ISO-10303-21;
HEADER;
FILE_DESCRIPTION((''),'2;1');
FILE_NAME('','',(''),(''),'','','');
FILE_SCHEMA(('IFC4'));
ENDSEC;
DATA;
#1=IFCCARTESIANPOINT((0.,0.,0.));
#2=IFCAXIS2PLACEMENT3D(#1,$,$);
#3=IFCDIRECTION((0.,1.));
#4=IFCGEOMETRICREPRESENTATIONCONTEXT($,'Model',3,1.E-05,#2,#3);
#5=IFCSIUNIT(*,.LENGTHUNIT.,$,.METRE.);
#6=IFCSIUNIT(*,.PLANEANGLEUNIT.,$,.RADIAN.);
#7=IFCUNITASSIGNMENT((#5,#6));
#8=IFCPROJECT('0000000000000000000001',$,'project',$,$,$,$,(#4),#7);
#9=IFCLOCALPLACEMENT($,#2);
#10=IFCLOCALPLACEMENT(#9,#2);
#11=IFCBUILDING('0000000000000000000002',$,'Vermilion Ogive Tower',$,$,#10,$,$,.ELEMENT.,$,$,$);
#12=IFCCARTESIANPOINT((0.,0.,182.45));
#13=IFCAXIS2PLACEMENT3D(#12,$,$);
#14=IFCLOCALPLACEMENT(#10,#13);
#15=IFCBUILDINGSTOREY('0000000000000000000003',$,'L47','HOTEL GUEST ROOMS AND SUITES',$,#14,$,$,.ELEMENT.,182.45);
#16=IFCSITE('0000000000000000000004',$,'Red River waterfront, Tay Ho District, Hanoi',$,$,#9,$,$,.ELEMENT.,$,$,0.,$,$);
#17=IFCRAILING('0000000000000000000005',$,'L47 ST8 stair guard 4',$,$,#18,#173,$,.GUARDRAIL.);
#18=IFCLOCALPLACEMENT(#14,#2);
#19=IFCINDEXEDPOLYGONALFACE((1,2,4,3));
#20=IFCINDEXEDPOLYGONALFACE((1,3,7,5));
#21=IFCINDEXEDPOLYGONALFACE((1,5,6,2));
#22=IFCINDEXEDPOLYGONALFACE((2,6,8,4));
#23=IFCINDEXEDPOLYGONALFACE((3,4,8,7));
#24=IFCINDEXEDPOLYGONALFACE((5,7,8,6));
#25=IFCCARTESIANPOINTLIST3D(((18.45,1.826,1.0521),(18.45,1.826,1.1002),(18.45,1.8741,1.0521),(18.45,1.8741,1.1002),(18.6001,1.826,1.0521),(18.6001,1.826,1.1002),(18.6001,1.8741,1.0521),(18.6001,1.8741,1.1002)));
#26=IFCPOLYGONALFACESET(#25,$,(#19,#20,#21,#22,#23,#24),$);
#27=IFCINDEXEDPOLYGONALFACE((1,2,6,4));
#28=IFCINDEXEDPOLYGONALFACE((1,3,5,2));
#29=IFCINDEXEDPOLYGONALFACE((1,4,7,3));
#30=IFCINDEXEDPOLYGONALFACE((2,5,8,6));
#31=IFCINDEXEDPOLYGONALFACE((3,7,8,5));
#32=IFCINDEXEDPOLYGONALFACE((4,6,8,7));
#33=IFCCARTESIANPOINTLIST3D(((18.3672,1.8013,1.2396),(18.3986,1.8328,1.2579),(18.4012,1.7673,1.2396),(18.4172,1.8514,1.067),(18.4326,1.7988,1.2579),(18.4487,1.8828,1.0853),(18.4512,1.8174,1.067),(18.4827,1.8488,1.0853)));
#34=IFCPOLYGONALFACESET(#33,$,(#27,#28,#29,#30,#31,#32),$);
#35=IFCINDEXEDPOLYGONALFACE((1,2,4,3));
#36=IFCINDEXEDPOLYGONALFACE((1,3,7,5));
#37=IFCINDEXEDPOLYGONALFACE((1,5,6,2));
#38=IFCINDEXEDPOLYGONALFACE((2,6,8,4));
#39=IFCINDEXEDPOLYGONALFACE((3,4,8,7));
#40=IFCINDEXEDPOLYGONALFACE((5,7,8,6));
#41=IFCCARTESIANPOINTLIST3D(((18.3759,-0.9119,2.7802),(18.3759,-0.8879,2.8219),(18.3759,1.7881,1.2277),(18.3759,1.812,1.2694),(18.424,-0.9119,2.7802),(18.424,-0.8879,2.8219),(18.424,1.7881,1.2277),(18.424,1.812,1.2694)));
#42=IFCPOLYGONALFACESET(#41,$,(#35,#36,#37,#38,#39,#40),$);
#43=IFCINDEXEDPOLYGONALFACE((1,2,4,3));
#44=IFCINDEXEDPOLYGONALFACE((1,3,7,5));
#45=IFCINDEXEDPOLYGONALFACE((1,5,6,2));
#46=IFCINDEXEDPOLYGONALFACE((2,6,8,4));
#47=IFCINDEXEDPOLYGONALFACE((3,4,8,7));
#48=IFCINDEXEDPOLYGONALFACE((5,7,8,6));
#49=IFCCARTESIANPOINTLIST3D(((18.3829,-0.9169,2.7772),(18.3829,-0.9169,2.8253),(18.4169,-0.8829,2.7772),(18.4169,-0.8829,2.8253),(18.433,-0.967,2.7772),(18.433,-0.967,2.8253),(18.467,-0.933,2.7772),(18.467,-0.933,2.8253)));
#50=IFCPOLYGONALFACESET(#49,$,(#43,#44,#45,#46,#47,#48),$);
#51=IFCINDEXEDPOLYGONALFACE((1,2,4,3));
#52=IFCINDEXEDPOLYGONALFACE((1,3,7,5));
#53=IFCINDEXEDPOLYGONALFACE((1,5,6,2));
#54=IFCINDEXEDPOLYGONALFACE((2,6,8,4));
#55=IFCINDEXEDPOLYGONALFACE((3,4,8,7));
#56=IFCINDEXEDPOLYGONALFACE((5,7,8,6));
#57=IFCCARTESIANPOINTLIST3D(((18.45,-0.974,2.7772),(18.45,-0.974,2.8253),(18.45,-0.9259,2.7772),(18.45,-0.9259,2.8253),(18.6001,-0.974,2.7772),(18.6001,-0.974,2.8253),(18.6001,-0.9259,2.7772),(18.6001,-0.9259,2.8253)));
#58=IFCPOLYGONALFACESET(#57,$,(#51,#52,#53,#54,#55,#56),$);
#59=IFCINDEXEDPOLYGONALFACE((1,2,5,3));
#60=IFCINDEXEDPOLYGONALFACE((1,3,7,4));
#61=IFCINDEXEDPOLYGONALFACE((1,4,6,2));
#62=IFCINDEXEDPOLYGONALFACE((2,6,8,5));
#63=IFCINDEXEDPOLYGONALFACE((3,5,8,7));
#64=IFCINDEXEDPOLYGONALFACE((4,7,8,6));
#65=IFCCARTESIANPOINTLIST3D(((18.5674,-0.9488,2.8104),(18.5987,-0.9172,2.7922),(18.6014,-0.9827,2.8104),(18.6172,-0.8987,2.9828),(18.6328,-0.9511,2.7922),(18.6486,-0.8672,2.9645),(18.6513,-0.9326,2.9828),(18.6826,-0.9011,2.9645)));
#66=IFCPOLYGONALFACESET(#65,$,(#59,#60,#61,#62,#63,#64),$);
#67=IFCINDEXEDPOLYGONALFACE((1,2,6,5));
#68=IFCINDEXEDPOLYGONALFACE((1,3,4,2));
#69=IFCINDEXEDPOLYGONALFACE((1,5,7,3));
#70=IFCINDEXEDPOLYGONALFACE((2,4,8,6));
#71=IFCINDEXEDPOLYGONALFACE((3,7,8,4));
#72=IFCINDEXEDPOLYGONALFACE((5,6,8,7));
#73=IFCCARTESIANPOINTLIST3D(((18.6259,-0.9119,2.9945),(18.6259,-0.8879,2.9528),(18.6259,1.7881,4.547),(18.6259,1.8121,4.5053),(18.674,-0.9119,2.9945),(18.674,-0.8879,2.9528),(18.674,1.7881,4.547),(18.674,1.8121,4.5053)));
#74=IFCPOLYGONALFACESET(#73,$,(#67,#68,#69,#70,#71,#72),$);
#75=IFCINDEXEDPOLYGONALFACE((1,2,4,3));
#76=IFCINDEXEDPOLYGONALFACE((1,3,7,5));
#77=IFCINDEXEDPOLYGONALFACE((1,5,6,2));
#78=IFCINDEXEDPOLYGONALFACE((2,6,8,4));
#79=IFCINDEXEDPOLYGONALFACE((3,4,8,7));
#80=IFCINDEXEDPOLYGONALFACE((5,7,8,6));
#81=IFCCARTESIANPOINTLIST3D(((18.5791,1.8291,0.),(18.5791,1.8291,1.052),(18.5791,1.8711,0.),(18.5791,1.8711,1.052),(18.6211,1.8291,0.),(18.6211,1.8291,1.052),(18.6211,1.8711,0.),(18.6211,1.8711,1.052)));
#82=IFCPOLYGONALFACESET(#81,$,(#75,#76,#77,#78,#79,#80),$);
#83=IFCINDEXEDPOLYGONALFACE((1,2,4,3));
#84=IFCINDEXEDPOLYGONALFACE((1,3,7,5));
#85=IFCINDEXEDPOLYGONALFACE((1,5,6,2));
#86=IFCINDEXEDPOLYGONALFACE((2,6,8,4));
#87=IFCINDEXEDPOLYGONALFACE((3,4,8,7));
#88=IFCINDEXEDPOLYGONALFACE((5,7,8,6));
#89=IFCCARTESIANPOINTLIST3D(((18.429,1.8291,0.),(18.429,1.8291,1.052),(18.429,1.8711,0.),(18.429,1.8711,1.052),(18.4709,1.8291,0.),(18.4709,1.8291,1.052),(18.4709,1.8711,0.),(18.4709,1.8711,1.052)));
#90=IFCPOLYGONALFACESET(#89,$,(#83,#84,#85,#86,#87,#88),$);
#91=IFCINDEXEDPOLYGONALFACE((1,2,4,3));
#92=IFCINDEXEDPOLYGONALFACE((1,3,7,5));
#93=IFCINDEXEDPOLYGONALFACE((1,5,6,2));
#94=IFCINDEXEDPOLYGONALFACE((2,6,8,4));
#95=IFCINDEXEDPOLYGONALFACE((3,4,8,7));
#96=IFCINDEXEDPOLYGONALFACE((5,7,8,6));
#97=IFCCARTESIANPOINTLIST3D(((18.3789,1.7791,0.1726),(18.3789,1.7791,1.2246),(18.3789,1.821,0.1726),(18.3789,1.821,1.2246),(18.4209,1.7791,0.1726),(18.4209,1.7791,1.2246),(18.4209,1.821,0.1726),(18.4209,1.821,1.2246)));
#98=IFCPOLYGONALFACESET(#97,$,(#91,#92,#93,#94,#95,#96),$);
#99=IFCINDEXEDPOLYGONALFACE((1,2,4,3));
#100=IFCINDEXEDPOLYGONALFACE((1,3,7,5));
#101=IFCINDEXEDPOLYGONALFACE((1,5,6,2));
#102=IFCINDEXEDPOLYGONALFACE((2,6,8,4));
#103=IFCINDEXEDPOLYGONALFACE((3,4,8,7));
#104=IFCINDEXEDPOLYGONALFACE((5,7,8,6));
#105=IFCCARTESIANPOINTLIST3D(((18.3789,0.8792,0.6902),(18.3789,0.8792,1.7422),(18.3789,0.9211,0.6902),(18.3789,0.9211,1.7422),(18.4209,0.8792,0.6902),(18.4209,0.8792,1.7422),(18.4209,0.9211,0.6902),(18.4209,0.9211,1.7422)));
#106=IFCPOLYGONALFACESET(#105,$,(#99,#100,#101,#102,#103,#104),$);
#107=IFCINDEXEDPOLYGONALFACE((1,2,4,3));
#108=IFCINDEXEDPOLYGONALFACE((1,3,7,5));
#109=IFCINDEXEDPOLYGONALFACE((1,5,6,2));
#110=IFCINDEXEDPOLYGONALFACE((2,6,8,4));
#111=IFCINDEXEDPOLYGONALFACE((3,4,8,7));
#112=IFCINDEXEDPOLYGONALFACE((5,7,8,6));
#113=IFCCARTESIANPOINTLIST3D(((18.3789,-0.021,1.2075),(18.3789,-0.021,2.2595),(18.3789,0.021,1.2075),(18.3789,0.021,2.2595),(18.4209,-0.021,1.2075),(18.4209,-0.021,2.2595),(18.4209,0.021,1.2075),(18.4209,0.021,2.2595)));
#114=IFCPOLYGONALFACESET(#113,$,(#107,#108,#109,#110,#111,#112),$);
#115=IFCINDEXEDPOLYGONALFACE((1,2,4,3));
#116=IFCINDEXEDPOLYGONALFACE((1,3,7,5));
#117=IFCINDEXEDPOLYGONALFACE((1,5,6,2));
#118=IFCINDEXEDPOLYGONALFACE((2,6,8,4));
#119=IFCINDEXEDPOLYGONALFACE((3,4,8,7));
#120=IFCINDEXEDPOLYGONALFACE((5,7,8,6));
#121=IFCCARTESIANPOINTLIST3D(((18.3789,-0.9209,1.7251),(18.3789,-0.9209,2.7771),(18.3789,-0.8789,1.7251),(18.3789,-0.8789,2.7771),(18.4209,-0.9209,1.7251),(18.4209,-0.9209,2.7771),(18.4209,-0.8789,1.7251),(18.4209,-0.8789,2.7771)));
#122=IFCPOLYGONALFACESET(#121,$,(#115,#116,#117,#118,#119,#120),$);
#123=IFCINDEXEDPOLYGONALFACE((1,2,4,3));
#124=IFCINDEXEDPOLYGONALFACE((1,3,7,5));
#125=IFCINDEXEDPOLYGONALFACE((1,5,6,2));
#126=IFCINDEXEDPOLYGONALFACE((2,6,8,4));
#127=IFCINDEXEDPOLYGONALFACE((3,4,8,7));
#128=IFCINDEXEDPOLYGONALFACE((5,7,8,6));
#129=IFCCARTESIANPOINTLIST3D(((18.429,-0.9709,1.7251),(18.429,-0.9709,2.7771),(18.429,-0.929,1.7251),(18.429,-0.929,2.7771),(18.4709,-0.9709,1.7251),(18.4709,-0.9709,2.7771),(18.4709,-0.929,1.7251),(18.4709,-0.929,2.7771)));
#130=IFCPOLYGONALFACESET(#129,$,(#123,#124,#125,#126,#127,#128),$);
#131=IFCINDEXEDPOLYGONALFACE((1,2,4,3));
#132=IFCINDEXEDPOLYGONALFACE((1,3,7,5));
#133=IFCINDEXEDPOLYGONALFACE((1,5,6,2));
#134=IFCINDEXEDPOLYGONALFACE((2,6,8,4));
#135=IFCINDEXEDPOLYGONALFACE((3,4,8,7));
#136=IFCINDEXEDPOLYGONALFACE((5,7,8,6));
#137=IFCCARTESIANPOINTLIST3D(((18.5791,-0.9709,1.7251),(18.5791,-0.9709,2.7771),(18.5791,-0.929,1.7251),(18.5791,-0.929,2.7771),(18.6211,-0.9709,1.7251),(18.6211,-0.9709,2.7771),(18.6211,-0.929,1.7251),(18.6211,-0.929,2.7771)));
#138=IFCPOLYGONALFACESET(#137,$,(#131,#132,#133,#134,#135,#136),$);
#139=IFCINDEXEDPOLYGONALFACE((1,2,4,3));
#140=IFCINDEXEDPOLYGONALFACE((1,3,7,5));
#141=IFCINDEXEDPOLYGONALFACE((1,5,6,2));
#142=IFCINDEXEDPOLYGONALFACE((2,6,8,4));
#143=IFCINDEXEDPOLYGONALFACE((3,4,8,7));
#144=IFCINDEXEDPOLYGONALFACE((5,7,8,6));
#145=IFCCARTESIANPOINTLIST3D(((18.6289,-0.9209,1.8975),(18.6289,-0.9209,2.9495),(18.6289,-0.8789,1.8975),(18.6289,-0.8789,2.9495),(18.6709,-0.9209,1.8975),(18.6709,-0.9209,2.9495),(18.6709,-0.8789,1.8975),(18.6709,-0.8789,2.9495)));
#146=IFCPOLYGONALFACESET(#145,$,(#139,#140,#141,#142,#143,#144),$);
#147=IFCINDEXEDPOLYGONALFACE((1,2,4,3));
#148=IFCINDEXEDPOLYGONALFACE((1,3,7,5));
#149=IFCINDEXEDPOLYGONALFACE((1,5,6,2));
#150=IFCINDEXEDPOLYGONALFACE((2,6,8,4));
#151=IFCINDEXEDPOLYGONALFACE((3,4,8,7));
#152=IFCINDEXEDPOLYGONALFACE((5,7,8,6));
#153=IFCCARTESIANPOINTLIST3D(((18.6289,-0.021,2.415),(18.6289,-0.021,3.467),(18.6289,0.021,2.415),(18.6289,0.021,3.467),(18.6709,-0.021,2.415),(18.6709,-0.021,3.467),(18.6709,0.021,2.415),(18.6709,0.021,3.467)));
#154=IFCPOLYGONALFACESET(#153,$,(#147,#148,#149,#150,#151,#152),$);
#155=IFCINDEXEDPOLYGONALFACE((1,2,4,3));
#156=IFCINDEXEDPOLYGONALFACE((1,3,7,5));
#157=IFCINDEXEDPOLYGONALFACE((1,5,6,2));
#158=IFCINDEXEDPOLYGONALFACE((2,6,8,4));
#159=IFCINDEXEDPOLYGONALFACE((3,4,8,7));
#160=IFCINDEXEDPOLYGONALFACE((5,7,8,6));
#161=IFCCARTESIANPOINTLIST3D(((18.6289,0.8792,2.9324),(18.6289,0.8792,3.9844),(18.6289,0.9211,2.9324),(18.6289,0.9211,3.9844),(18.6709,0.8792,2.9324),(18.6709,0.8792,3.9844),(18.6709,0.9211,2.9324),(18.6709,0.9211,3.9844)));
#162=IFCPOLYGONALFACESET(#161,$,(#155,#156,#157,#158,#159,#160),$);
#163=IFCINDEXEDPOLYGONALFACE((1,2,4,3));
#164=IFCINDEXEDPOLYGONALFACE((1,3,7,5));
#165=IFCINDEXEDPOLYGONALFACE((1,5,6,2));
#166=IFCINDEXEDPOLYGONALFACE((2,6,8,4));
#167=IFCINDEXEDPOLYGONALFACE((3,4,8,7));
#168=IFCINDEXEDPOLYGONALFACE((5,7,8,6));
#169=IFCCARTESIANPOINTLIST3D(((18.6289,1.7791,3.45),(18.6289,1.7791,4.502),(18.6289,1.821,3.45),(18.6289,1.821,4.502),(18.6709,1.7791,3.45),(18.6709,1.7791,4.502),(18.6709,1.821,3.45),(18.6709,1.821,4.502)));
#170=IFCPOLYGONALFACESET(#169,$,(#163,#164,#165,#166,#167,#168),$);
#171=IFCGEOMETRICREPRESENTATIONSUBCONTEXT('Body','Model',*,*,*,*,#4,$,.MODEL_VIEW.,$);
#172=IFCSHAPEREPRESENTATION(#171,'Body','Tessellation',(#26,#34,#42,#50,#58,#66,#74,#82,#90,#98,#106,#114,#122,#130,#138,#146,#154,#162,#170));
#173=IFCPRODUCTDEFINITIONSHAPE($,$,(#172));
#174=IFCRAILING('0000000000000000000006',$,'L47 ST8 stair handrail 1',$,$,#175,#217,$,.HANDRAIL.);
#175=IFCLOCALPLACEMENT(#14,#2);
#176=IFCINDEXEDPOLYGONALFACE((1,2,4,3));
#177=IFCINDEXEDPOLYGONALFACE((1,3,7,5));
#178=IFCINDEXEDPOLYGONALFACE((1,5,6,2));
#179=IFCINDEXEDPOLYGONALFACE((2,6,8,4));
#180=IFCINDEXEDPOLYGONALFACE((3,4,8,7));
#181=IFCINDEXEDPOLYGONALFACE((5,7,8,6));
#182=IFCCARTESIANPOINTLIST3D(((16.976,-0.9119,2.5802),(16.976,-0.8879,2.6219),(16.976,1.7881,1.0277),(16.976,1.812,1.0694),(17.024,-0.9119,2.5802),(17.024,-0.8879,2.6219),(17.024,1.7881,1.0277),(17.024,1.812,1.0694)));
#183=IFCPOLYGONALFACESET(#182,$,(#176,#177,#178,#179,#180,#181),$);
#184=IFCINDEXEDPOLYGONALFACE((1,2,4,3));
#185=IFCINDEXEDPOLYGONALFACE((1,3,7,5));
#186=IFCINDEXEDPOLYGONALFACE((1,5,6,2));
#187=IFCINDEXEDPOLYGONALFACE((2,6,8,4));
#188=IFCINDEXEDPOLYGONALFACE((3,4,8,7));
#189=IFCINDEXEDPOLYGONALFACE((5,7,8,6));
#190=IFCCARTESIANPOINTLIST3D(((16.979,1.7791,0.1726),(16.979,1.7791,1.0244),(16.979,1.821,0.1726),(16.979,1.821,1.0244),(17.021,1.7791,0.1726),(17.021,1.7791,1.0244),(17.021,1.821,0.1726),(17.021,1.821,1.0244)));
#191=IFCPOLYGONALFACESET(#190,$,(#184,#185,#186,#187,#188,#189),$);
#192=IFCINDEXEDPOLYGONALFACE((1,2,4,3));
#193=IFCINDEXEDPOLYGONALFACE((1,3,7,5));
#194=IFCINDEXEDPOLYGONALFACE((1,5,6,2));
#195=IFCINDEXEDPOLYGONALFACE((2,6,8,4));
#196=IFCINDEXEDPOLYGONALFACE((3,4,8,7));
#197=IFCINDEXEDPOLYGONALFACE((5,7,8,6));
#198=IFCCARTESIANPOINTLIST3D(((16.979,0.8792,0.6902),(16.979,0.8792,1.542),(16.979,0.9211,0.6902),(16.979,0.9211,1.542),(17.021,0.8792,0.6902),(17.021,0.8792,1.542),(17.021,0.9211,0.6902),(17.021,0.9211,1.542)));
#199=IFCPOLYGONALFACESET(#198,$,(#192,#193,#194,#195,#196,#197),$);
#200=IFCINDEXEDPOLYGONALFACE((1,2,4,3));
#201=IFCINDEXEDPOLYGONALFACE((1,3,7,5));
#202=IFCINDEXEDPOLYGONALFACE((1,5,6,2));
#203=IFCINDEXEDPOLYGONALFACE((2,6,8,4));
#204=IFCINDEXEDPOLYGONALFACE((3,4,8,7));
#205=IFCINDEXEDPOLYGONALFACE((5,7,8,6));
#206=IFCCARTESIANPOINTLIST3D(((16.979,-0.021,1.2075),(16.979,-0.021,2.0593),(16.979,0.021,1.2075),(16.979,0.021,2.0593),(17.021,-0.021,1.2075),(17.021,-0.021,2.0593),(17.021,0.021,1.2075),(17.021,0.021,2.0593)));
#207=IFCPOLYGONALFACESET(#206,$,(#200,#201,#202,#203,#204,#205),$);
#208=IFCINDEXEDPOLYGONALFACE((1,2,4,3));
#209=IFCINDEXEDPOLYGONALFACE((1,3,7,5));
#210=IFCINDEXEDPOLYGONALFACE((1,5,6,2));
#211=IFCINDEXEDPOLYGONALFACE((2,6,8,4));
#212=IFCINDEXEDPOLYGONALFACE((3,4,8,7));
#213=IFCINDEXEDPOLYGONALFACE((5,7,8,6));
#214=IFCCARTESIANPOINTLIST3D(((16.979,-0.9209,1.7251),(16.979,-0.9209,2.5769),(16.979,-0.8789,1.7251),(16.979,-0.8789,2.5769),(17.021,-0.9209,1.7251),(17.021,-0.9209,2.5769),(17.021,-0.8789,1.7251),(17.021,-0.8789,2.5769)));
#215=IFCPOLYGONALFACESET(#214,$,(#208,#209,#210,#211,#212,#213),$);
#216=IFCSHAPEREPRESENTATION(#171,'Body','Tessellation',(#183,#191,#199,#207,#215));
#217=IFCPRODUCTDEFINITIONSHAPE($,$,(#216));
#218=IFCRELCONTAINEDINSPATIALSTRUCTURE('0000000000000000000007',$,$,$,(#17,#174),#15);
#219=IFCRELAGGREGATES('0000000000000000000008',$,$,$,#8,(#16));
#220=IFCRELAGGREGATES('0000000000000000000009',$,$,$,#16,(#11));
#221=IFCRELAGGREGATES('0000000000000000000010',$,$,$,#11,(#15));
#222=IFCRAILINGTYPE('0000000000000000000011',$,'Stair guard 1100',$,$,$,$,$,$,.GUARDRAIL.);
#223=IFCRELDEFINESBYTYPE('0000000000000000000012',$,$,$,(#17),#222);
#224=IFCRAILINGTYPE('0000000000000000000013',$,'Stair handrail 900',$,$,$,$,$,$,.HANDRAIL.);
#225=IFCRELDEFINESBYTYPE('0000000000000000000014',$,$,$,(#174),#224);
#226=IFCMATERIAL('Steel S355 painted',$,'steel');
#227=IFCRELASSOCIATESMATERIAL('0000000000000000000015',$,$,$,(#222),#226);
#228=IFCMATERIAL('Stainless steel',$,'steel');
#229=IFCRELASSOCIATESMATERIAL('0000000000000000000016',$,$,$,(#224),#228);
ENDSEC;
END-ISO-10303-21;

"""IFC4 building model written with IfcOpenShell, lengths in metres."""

from ifc_helpers import new_model, si_unit, direction, frame, origin, origin_2d, place, context, subcontext, project, spatial, rectangle, extrude, material, type_object, element, save


model = new_model("IFC4")

# Units and contexts
model_context = context("Model", 3, precision=1e-05, world=origin(), true_north=direction((0.0, 1.0)))
body_context = subcontext(model_context, "Body", "Model", "MODEL_VIEW")
ifc_project = project(units=[si_unit("LENGTHUNIT", "METRE"), si_unit("PLANEANGLEUNIT", "RADIAN")], contexts=[model_context])

# Site, building, storey
site_placement = place(None, origin())
site = spatial("IfcSite", under=ifc_project, at=site_placement, Name="Red River waterfront, Tay Ho District, Hanoi", CompositionType="ELEMENT", RefElevation=0.0)
building_placement = place(site_placement, origin())
building = spatial("IfcBuilding", under=site, at=building_placement, Name="Vermilion Ogive Tower", CompositionType="ELEMENT")
storey_placement = place(building_placement, frame((0.0, 0.0, 182.45)))
storey = spatial("IfcBuildingStorey", under=building, at=storey_placement, Name="L47", Description="HOTEL GUEST ROOMS AND SUITES", CompositionType="ELEMENT", Elevation=182.45)

# Railings
ifc_material_1 = material(Name="Steel S355 painted", Category="steel")
railing_type_1 = type_object("IfcRailingType", Name="Stair guard 1100", PredefinedType="GUARDRAIL", material=ifc_material_1)
railing_1_placement = place(storey_placement, frame((18.6001, 1.8501, 0.0)))
element("IfcRailing", 1, at=railing_1_placement, inside=storey, type_object=railing_type_1, Name="L47 ST8 stair guard 4", PredefinedType="GUARDRAIL", context=body_context, shape_type="SweptSolid", body=[
    extrude(rectangle(XDim=0.0481, YDim=0.0481, at=origin_2d()), frame((0.0, 0.0, 1.0762), z_axis=(-1.0, 0.0, 0.0), x_axis=(0.0, -1.0, 0.0)), (0.0, 0.0, 1.0), 0.1501),
    extrude(rectangle(XDim=0.0481, YDim=0.0481, at=origin_2d()), frame((-0.1501, 0.0, 1.0762), z_axis=(-0.268278, -0.268278, 0.925232), x_axis=(0.707107, -0.707107, 0.0)), (0.0, 0.0, 1.0), 0.1865),
    extrude(rectangle(XDim=0.0481, YDim=0.0481, at=origin_2d()), frame((-0.2002, -0.05, 1.2485), z_axis=(0.0, -0.866904, 0.498476), x_axis=(1.0, 0.0, 0.0)), (0.0, 0.0, 1.0), 3.1145),
    extrude(rectangle(XDim=0.0481, YDim=0.0481, at=origin_2d()), frame((-0.2002, -2.75, 2.8013), z_axis=(0.707107, -0.707107, 0.0), x_axis=(0.707107, 0.707107, 0.0)), (0.0, 0.0, 1.0), 0.0708),
    extrude(rectangle(XDim=0.0481, YDim=0.0481, at=origin_2d()), frame((-0.1501, -2.8, 2.8013), z_axis=(1.0, 0.0, 0.0), x_axis=(0.0, 1.0, 0.0)), (0.0, 0.0, 1.0), 0.1501),
    extrude(rectangle(XDim=0.0481, YDim=0.0481, at=origin_2d()), frame((0.0, -2.8, 2.8013), z_axis=(0.267387, 0.268698, 0.925368), x_axis=(-0.708834, 0.705376, 0.0)), (0.0, 0.0, 1.0), 0.1863),
    extrude(rectangle(XDim=0.0481, YDim=0.0481, at=origin_2d()), frame((0.0498, -2.75, 2.9736), z_axis=(0.0, 0.866904, 0.498476), x_axis=(-1.0, 0.0, 0.0)), (0.0, 0.0, 1.0), 3.1145),
    extrude(rectangle(XDim=0.042, YDim=0.042, at=origin_2d()), origin(), (0.0, 0.0, 1.0), 1.052),
    extrude(rectangle(XDim=0.042, YDim=0.042, at=origin_2d()), frame((-0.1501, 0.0, 0.0)), (0.0, 0.0, 1.0), 1.052),
    extrude(rectangle(XDim=0.042, YDim=0.042, at=origin_2d()), frame((-0.2002, -0.05, 0.1726)), (0.0, 0.0, 1.0), 1.052),
    extrude(rectangle(XDim=0.042, YDim=0.042, at=origin_2d()), frame((-0.2002, -0.95, 0.6902)), (0.0, 0.0, 1.0), 1.052),
    extrude(rectangle(XDim=0.042, YDim=0.042, at=origin_2d()), frame((-0.2002, -1.8501, 1.2075)), (0.0, 0.0, 1.0), 1.052),
    extrude(rectangle(XDim=0.042, YDim=0.042, at=origin_2d()), frame((-0.2002, -2.75, 1.7251)), (0.0, 0.0, 1.0), 1.052),
    extrude(rectangle(XDim=0.042, YDim=0.042, at=origin_2d()), frame((-0.1501, -2.8, 1.7251)), (0.0, 0.0, 1.0), 1.052),
    extrude(rectangle(XDim=0.042, YDim=0.042, at=origin_2d()), frame((0.0, -2.8, 1.7251)), (0.0, 0.0, 1.0), 1.052),
    extrude(rectangle(XDim=0.042, YDim=0.042, at=origin_2d()), frame((0.0498, -2.75, 1.8975)), (0.0, 0.0, 1.0), 1.052),
    extrude(rectangle(XDim=0.042, YDim=0.042, at=origin_2d()), frame((0.0498, -1.8501, 2.415)), (0.0, 0.0, 1.0), 1.052),
    extrude(rectangle(XDim=0.042, YDim=0.042, at=origin_2d()), frame((0.0498, -0.95, 2.9324)), (0.0, 0.0, 1.0), 1.052),
    extrude(rectangle(XDim=0.042, YDim=0.042, at=origin_2d()), frame((0.0498, -0.05, 3.45)), (0.0, 0.0, 1.0), 1.052),
])
ifc_material_2 = material(Name="Stainless steel", Category="steel")
railing_type_2 = type_object("IfcRailingType", Name="Stair handrail 900", PredefinedType="HANDRAIL", material=ifc_material_2)
railing_2_placement = place(storey_placement, frame((17.0, 1.8, 0.1726)))
element("IfcRailing", 2, at=railing_2_placement, inside=storey, type_object=railing_type_2, Name="L47 ST8 stair handrail 1", PredefinedType="HANDRAIL", context=body_context, shape_type="SweptSolid", body=[
    extrude(rectangle(XDim=0.0481, YDim=0.0481, at=origin_2d()), frame((0.0, 0.0, 0.876), z_axis=(0.0, -0.866904, 0.498476), x_axis=(1.0, 0.0, 0.0)), (0.0, 0.0, 1.0), 3.1145),
    extrude(rectangle(XDim=0.042, YDim=0.042, at=origin_2d()), origin(), (0.0, 0.0, 1.0), 0.8518),
    extrude(rectangle(XDim=0.042, YDim=0.042, at=origin_2d()), frame((0.0, -0.8999, 0.5176)), (0.0, 0.0, 1.0), 0.8518),
    extrude(rectangle(XDim=0.042, YDim=0.042, at=origin_2d()), frame((0.0, -1.8, 1.0349)), (0.0, 0.0, 1.0), 0.8518),
    extrude(rectangle(XDim=0.042, YDim=0.042, at=origin_2d()), frame((0.0, -2.7, 1.5525)), (0.0, 0.0, 1.0), 0.8518),
])

save(model, "model.ifc")
